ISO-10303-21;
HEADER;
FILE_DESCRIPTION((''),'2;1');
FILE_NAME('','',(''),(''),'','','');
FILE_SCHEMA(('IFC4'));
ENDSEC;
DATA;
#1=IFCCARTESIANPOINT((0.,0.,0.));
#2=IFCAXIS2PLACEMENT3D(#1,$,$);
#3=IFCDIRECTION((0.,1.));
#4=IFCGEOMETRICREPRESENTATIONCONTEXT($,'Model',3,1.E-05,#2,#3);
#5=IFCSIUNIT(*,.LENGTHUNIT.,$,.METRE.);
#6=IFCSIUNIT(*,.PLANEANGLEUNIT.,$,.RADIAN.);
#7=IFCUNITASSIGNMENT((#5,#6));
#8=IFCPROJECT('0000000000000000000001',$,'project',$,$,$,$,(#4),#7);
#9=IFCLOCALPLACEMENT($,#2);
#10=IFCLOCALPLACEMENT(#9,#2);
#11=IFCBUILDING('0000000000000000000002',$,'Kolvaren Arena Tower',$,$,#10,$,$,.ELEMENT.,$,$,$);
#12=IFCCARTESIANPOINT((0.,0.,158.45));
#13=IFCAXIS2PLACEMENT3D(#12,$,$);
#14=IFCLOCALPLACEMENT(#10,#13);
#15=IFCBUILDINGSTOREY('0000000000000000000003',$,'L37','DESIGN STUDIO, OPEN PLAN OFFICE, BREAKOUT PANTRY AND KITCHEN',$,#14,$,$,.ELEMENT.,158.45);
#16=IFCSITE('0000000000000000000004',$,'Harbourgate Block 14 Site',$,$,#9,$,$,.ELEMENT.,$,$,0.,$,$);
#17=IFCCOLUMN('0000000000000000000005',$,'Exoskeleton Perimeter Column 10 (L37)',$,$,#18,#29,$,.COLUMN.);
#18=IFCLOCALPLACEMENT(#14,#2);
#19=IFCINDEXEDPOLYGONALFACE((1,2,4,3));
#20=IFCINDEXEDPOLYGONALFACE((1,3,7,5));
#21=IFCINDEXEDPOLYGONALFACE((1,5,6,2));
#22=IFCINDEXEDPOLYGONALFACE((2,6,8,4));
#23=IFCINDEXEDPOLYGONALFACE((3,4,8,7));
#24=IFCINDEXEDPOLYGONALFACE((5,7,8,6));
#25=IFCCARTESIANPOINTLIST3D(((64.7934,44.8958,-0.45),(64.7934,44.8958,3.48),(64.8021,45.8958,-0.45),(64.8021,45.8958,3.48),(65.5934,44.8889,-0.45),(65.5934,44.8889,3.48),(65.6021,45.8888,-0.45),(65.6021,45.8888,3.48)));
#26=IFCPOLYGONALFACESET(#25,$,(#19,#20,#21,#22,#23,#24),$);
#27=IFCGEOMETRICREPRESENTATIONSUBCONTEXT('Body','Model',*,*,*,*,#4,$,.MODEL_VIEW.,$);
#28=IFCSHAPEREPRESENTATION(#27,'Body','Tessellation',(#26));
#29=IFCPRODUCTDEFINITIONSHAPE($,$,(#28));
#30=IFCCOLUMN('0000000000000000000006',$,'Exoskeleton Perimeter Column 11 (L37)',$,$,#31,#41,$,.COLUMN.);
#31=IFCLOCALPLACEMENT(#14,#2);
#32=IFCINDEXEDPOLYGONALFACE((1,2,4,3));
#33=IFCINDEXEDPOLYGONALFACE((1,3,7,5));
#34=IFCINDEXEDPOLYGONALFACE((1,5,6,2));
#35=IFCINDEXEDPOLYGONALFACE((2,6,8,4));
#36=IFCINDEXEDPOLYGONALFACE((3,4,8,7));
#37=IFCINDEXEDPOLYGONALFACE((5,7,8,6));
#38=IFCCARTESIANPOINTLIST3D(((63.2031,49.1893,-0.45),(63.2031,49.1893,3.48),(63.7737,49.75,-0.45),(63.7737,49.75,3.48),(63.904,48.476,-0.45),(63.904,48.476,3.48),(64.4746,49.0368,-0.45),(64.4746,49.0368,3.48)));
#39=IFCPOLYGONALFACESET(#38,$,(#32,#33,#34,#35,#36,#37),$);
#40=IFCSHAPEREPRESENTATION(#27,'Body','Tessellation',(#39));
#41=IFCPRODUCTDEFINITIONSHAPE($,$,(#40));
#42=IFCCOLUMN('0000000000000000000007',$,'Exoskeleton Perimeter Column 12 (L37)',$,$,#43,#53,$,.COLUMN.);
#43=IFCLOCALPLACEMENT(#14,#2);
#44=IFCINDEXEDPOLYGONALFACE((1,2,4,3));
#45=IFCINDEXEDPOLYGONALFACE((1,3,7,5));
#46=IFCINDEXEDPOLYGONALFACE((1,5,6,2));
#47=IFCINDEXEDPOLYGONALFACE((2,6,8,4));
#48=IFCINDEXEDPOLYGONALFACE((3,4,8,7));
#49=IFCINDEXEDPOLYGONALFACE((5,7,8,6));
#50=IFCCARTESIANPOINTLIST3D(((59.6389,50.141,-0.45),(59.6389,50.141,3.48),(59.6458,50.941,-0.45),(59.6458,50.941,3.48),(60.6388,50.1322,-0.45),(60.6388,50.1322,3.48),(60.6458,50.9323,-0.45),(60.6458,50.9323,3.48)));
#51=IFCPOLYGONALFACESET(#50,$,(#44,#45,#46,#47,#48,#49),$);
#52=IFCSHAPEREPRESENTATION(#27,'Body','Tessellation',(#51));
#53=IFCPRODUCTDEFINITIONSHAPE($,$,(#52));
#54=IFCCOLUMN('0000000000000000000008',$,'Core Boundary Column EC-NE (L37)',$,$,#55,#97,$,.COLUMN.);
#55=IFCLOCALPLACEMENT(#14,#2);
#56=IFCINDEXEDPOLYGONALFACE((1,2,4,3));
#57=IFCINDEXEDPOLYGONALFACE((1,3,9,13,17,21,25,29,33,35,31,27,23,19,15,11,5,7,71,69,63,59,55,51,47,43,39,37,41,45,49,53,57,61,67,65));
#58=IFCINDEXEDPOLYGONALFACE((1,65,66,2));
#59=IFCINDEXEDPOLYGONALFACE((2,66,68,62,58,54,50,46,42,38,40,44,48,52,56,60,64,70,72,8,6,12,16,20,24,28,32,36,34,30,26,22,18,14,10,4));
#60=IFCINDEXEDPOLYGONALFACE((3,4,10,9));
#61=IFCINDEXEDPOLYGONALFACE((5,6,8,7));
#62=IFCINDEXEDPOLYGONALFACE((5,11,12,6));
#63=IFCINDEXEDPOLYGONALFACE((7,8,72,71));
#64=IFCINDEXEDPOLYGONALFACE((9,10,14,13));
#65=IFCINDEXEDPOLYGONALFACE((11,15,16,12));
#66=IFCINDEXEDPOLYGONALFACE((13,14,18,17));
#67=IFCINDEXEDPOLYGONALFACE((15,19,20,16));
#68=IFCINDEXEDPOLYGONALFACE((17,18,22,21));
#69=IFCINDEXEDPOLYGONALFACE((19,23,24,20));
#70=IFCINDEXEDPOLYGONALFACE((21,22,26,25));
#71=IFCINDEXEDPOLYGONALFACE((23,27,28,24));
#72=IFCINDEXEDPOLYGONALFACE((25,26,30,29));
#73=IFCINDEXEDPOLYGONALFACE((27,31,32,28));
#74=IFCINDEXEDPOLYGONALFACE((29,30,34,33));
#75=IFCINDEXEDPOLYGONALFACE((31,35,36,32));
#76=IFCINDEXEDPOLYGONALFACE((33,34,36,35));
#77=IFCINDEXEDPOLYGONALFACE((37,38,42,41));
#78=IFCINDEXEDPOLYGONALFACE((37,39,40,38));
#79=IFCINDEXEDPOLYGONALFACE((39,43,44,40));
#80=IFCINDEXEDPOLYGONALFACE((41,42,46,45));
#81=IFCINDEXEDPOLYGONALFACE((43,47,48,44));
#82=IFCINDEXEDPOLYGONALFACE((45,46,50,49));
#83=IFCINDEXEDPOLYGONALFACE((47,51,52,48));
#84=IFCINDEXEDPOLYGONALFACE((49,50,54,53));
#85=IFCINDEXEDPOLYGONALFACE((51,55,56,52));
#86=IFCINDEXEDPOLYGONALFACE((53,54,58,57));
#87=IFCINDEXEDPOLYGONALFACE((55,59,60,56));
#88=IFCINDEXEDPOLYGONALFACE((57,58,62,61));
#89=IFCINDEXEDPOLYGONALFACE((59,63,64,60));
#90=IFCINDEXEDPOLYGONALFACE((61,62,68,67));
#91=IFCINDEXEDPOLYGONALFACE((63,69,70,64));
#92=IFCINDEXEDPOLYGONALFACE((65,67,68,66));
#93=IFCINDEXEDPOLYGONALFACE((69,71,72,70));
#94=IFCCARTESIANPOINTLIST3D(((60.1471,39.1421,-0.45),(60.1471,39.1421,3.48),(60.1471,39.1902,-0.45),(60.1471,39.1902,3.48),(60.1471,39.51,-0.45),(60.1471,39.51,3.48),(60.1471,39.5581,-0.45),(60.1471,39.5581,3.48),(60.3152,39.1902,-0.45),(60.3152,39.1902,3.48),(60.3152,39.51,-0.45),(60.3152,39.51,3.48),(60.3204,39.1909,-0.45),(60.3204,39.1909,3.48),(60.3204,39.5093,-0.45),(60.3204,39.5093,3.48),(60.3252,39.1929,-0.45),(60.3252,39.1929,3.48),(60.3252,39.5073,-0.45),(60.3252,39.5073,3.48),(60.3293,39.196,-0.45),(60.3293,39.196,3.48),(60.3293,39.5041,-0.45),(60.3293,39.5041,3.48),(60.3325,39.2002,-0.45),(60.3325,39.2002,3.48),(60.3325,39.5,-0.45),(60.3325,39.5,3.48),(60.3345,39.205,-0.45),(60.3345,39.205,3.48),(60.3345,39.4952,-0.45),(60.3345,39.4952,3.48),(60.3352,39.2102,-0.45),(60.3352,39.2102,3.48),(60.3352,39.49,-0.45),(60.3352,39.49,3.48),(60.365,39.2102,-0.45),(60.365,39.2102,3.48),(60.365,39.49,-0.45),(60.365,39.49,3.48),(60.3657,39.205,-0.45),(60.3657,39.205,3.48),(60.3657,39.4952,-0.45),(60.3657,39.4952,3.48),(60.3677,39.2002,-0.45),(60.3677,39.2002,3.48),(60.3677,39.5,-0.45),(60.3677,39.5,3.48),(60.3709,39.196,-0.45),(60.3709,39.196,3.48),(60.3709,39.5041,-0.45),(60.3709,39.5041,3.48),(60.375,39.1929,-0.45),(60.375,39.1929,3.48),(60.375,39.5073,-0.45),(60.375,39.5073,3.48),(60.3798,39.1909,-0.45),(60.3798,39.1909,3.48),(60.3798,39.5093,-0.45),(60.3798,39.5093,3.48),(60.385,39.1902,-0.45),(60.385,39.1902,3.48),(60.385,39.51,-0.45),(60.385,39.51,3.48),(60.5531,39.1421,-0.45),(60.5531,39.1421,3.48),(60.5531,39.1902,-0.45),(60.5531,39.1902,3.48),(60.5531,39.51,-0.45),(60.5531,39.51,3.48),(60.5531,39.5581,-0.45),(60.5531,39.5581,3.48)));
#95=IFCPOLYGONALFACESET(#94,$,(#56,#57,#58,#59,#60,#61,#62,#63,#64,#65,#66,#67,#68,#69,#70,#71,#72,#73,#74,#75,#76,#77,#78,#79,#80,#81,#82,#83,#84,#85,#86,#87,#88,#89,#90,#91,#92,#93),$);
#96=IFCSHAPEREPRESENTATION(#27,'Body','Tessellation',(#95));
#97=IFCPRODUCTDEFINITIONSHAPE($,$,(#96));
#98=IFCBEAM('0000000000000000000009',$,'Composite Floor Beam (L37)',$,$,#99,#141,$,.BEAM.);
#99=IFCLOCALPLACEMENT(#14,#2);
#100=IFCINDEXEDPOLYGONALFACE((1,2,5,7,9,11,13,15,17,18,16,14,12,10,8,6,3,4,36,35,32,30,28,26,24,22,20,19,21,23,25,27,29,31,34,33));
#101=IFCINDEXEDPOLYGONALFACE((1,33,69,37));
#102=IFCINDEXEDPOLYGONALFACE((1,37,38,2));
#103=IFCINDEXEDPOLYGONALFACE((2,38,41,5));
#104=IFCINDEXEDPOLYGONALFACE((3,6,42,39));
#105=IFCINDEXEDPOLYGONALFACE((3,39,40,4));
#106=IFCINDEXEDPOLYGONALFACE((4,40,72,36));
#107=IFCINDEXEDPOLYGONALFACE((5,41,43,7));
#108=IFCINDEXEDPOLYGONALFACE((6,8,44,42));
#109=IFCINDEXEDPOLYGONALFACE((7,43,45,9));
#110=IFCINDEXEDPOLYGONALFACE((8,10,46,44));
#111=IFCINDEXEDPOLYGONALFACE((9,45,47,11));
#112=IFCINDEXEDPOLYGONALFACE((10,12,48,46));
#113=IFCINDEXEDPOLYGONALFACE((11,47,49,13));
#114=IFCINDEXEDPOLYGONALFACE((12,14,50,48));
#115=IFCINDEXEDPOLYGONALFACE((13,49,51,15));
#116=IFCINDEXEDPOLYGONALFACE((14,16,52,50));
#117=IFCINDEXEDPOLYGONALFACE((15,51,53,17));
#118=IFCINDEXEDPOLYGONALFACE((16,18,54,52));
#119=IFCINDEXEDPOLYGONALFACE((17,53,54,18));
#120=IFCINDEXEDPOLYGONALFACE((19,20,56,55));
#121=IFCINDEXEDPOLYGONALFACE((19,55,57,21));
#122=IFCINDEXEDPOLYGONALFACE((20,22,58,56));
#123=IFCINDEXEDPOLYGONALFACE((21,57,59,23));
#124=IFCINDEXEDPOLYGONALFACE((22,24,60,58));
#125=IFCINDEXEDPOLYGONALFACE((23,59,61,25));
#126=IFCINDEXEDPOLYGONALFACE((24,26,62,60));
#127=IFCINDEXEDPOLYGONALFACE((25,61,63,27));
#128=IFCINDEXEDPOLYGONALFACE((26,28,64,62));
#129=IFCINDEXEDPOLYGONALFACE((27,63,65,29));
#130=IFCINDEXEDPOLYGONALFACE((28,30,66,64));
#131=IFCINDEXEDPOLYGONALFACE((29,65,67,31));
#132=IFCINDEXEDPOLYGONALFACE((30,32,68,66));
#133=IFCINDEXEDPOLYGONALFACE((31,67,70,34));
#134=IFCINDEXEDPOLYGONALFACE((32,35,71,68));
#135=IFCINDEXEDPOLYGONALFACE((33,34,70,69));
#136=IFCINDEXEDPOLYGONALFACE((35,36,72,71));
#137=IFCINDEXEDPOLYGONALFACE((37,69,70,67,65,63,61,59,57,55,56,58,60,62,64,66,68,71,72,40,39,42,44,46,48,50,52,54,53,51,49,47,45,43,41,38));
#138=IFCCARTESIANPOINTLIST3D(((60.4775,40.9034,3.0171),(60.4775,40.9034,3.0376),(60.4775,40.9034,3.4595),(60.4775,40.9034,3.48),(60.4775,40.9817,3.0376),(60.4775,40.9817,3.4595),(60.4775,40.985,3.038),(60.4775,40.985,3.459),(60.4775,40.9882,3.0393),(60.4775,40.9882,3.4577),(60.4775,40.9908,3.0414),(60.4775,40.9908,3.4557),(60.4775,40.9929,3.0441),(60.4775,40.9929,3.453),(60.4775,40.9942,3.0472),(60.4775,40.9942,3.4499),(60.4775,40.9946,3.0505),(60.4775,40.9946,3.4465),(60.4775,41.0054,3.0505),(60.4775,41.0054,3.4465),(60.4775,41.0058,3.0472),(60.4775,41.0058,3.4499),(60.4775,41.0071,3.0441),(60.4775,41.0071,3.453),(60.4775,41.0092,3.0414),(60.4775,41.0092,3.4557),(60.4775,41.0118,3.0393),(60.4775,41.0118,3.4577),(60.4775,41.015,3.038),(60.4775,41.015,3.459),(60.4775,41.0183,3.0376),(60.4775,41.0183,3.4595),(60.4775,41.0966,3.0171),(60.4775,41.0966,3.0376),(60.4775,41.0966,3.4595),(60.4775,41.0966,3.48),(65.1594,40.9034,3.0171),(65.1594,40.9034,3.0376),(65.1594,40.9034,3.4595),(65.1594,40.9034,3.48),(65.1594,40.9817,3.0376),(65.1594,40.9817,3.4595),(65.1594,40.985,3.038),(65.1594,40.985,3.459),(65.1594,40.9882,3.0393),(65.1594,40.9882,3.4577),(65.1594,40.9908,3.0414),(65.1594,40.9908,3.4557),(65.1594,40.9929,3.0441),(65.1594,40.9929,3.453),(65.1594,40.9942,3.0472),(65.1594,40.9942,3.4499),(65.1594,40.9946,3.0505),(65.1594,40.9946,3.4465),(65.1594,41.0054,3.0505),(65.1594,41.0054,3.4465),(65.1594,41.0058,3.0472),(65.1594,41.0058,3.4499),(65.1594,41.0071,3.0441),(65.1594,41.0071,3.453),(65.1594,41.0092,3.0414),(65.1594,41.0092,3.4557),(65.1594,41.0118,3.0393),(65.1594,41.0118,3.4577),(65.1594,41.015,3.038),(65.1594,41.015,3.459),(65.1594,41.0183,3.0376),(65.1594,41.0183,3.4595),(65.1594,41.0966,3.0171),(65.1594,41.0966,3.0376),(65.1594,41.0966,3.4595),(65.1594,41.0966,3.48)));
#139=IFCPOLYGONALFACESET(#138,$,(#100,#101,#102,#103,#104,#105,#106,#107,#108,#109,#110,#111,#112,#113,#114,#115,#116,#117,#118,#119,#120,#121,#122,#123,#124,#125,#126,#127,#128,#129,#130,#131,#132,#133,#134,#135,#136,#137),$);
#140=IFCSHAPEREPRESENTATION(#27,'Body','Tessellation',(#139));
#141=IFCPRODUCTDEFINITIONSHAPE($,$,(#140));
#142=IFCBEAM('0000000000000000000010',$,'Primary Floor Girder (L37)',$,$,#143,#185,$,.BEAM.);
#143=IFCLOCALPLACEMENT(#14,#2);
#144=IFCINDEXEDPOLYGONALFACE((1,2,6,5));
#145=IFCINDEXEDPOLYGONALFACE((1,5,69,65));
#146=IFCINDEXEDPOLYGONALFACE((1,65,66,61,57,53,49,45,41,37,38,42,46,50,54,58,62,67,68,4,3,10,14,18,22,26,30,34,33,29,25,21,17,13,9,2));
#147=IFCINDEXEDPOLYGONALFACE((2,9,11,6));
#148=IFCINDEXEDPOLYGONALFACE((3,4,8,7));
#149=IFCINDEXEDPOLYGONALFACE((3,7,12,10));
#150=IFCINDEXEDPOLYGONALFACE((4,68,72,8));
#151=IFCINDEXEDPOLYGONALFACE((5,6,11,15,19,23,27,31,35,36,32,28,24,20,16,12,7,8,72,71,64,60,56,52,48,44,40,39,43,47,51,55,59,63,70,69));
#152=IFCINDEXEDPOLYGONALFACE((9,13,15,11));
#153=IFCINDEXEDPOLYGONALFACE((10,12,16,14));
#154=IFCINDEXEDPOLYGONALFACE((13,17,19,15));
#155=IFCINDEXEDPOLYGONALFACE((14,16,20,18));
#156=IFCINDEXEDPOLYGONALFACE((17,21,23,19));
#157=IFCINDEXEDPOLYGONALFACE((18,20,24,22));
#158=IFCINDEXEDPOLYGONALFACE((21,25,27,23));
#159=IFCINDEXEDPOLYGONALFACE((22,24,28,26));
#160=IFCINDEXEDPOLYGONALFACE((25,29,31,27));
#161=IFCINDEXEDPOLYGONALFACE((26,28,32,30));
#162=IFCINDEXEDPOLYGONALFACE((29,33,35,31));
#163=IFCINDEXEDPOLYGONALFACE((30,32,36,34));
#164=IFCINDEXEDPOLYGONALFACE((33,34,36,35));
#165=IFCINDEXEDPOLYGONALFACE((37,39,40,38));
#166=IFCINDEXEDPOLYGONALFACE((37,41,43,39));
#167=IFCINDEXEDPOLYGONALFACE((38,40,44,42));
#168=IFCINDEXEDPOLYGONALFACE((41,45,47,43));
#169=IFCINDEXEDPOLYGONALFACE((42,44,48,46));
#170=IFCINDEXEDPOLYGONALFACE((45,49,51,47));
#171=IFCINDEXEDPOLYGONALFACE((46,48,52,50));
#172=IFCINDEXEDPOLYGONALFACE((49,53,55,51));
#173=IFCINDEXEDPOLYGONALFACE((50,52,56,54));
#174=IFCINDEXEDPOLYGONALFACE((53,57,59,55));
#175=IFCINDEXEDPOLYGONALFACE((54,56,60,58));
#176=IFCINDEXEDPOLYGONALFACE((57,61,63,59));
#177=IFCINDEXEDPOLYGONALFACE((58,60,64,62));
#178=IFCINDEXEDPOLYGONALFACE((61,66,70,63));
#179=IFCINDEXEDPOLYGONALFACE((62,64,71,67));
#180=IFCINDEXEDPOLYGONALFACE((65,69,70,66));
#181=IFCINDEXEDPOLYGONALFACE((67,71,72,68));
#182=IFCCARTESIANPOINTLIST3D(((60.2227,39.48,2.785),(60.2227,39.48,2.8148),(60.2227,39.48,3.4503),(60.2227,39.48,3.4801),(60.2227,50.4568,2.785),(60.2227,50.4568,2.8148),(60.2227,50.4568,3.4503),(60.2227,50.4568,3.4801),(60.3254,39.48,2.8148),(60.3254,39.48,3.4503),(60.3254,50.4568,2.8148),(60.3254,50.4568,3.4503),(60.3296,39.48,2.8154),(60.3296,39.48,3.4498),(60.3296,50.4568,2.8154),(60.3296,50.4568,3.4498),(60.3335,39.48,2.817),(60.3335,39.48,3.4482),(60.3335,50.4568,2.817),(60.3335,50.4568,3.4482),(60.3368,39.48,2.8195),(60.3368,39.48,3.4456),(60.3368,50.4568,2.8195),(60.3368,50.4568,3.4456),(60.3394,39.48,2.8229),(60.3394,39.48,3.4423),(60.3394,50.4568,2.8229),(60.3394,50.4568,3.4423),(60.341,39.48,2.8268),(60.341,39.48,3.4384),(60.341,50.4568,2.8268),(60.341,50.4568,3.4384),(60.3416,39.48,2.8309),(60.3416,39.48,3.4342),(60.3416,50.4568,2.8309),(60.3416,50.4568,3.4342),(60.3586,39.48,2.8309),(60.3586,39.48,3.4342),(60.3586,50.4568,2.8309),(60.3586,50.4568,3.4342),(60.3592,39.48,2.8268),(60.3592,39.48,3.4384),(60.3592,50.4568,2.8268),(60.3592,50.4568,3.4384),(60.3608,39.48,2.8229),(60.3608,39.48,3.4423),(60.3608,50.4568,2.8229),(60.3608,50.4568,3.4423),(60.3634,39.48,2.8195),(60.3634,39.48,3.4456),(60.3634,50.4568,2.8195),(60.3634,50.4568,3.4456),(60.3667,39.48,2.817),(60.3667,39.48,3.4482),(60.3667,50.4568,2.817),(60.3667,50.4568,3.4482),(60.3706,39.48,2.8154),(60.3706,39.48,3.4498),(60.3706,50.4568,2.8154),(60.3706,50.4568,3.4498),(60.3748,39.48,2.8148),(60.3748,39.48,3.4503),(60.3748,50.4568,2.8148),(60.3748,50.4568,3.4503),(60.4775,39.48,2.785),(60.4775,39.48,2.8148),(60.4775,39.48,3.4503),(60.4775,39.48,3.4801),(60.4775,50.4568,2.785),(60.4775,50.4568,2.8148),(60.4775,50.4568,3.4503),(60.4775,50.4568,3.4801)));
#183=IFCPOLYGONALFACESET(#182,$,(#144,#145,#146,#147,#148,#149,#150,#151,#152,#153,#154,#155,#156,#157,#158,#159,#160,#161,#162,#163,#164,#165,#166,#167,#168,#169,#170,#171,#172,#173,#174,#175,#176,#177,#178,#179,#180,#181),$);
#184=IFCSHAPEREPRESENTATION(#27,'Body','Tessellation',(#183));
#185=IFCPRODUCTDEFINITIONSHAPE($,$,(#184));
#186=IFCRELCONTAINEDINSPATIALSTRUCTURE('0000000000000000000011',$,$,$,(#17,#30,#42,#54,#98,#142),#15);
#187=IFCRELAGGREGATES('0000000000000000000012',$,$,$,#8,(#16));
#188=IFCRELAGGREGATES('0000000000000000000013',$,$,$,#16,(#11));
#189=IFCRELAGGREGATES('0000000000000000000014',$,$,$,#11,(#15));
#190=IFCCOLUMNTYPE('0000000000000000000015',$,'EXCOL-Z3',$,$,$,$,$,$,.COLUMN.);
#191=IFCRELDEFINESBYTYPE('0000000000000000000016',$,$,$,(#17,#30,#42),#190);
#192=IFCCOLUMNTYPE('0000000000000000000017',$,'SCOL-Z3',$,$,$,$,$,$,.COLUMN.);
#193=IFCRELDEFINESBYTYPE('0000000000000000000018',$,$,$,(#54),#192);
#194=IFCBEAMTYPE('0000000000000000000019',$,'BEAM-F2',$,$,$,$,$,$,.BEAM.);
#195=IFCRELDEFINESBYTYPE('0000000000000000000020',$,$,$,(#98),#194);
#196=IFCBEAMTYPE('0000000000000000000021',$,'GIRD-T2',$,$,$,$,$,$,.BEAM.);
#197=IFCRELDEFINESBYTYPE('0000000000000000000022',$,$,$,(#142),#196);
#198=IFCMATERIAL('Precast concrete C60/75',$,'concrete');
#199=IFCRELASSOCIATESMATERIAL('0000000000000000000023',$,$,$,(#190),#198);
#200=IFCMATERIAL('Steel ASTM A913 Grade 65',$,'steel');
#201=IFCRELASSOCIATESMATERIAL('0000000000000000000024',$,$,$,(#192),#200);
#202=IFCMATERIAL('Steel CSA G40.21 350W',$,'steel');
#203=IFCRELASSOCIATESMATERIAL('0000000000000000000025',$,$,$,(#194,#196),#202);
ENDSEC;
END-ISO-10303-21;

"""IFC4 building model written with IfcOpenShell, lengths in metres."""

from ifc_helpers import new_model, si_unit, direction, frame, origin, origin_2d, place, context, subcontext, project, spatial, rectangle, i_section, extrude, material, material_profile, profile_set, type_object, element, save


model = new_model("IFC4")

# Units and contexts
model_context = context("Model", 3, precision=1e-05, world=origin(), true_north=direction((0.0, 1.0)))
body_context = subcontext(model_context, "Body", "Model", "MODEL_VIEW")
ifc_project = project(units=[si_unit("LENGTHUNIT", "METRE"), si_unit("PLANEANGLEUNIT", "RADIAN")], contexts=[model_context])

# Site, building, storey
site_placement = place(None, origin())
site = spatial("IfcSite", under=ifc_project, at=site_placement, Name="Harbourgate Block 14 Site", CompositionType="ELEMENT", RefElevation=0.0)
building_placement = place(site_placement, origin())
building = spatial("IfcBuilding", under=site, at=building_placement, Name="Kolvaren Arena Tower", CompositionType="ELEMENT")
storey_placement = place(building_placement, frame((0.0, 0.0, 158.45)))
storey = spatial("IfcBuildingStorey", under=building, at=storey_placement, Name="L37", Description="DESIGN STUDIO, OPEN PLAN OFFICE, BREAKOUT PANTRY AND KITCHEN", CompositionType="ELEMENT", Elevation=158.45)

# Columns
ifc_material_1 = material(Name="Precast concrete C60/75", Category="concrete")
ifc_material_profile_1 = material_profile(ifc_material_1, rectangle(XDim=1.0, YDim=0.8, at=origin_2d()), Name="RC-1000x800")
ifc_profile_set_1 = profile_set([ifc_material_profile_1], Name="Precast concrete C60/75")
column_type_1 = type_object("IfcColumnType", Name="EXCOL-Z3", PredefinedType="COLUMN", material=ifc_profile_set_1)
for number, where, z_axis, x_axis, name in (
    (1, (65.1978, 45.3923, -0.45), (0.0, 0.0, 1.0), (0.008727, 0.999962, 0.0), "Exoskeleton Perimeter Column 10 (L37)"),
    (2, (63.8389, 49.113, -0.45), (0.0, 0.0, 1.0), (-0.700909, 0.71325, 0.0), "Exoskeleton Perimeter Column 11 (L37)"),
    (3, (60.1423, 50.5366, -0.45), (0.0, 0.0, 1.0), (0.999962, -0.008727, 0.0), "Exoskeleton Perimeter Column 12 (L37)"),
):
    element("IfcColumn", number, at=place(storey_placement, frame(where, z_axis=z_axis, x_axis=x_axis)), inside=storey, type_object=column_type_1, Name=name, PredefinedType="COLUMN", context=body_context, shape_type="SweptSolid", body=[
        extrude(rectangle(XDim=1.0, YDim=0.8, at=origin_2d()), origin(), (0.0, 0.0, 1.0), 3.9299),
    ])
ifc_material_2 = material(Name="Steel ASTM A913 Grade 65", Category="steel")
ifc_material_profile_2 = material_profile(ifc_material_2, i_section(OverallWidth=0.406, OverallDepth=0.416, WebThickness=0.0298, FlangeThickness=0.0481, FilletRadius=0.02, at=origin_2d()), Name="W360x382")
ifc_profile_set_2 = profile_set([ifc_material_profile_2], Name="Steel ASTM A913 Grade 65")
column_type_2 = type_object("IfcColumnType", Name="SCOL-Z3", PredefinedType="COLUMN", material=ifc_profile_set_2)
column_placement = place(storey_placement, frame((60.3501, 39.3501, -0.45), z_axis=(0.0, 0.0, 1.0), x_axis=(1.0, 0.0, 0.0)))
element("IfcColumn", 4, at=column_placement, inside=storey, type_object=column_type_2, Name="Core Boundary Column EC-NE (L37)", PredefinedType="COLUMN", context=body_context, shape_type="SweptSolid", body=[
    extrude(i_section(OverallWidth=0.406, OverallDepth=0.416, WebThickness=0.0298, FlangeThickness=0.0481, FilletRadius=0.02, at=origin_2d()), origin(), (0.0, 0.0, 1.0), 3.9299),
])

# Beams
ifc_material_3 = material(Name="Steel CSA G40.21 350W", Category="steel")
ifc_material_profile_3 = material_profile(ifc_material_3, i_section(OverallWidth=0.1931, OverallDepth=0.4629, WebThickness=0.0107, FlangeThickness=0.0205, FilletRadius=0.0129, at=origin_2d()), Name="W460x113")
ifc_profile_set_3 = profile_set([ifc_material_profile_3], Name="Steel CSA G40.21 350W")
beam_type_1 = type_object("IfcBeamType", Name="BEAM-F2", PredefinedType="BEAM", material=ifc_profile_set_3)
beam_1_placement = place(storey_placement, frame((60.4775, 41.0, 3.2485), z_axis=(1.0, 0.0, 0.0), x_axis=(0.0, 1.0, 0.0)))
element("IfcBeam", 5, at=beam_1_placement, inside=storey, type_object=beam_type_1, Name="Composite Floor Beam (L37)", PredefinedType="BEAM", context=body_context, shape_type="SweptSolid", body=[
    extrude(i_section(OverallWidth=0.1931, OverallDepth=0.4629, WebThickness=0.0107, FlangeThickness=0.0205, FilletRadius=0.0129, at=origin_2d()), origin(), (0.0, 0.0, 1.0), 4.6819),
])
ifc_material_profile_4 = material_profile(ifc_material_3, i_section(OverallWidth=0.2549, OverallDepth=0.6951, WebThickness=0.0171, FlangeThickness=0.0298, FilletRadius=0.0161, at=origin_2d()), Name="W690x217")
ifc_profile_set_4 = profile_set([ifc_material_profile_4], Name="Steel CSA G40.21 350W")
beam_type_2 = type_object("IfcBeamType", Name="GIRD-T2", PredefinedType="BEAM", material=ifc_profile_set_4)
beam_2_placement = place(storey_placement, frame((60.3501, 39.48, 3.1326), z_axis=(0.0, 1.0, 0.0), x_axis=(-1.0, 0.0, 0.0)))
element("IfcBeam", 6, at=beam_2_placement, inside=storey, type_object=beam_type_2, Name="Primary Floor Girder (L37)", PredefinedType="BEAM", context=body_context, shape_type="SweptSolid", body=[
    extrude(i_section(OverallWidth=0.2549, OverallDepth=0.6951, WebThickness=0.0171, FlangeThickness=0.0298, FilletRadius=0.0161, at=origin_2d()), origin(), (0.0, 0.0, 1.0), 10.9768),
])

save(model, "model.ifc")
